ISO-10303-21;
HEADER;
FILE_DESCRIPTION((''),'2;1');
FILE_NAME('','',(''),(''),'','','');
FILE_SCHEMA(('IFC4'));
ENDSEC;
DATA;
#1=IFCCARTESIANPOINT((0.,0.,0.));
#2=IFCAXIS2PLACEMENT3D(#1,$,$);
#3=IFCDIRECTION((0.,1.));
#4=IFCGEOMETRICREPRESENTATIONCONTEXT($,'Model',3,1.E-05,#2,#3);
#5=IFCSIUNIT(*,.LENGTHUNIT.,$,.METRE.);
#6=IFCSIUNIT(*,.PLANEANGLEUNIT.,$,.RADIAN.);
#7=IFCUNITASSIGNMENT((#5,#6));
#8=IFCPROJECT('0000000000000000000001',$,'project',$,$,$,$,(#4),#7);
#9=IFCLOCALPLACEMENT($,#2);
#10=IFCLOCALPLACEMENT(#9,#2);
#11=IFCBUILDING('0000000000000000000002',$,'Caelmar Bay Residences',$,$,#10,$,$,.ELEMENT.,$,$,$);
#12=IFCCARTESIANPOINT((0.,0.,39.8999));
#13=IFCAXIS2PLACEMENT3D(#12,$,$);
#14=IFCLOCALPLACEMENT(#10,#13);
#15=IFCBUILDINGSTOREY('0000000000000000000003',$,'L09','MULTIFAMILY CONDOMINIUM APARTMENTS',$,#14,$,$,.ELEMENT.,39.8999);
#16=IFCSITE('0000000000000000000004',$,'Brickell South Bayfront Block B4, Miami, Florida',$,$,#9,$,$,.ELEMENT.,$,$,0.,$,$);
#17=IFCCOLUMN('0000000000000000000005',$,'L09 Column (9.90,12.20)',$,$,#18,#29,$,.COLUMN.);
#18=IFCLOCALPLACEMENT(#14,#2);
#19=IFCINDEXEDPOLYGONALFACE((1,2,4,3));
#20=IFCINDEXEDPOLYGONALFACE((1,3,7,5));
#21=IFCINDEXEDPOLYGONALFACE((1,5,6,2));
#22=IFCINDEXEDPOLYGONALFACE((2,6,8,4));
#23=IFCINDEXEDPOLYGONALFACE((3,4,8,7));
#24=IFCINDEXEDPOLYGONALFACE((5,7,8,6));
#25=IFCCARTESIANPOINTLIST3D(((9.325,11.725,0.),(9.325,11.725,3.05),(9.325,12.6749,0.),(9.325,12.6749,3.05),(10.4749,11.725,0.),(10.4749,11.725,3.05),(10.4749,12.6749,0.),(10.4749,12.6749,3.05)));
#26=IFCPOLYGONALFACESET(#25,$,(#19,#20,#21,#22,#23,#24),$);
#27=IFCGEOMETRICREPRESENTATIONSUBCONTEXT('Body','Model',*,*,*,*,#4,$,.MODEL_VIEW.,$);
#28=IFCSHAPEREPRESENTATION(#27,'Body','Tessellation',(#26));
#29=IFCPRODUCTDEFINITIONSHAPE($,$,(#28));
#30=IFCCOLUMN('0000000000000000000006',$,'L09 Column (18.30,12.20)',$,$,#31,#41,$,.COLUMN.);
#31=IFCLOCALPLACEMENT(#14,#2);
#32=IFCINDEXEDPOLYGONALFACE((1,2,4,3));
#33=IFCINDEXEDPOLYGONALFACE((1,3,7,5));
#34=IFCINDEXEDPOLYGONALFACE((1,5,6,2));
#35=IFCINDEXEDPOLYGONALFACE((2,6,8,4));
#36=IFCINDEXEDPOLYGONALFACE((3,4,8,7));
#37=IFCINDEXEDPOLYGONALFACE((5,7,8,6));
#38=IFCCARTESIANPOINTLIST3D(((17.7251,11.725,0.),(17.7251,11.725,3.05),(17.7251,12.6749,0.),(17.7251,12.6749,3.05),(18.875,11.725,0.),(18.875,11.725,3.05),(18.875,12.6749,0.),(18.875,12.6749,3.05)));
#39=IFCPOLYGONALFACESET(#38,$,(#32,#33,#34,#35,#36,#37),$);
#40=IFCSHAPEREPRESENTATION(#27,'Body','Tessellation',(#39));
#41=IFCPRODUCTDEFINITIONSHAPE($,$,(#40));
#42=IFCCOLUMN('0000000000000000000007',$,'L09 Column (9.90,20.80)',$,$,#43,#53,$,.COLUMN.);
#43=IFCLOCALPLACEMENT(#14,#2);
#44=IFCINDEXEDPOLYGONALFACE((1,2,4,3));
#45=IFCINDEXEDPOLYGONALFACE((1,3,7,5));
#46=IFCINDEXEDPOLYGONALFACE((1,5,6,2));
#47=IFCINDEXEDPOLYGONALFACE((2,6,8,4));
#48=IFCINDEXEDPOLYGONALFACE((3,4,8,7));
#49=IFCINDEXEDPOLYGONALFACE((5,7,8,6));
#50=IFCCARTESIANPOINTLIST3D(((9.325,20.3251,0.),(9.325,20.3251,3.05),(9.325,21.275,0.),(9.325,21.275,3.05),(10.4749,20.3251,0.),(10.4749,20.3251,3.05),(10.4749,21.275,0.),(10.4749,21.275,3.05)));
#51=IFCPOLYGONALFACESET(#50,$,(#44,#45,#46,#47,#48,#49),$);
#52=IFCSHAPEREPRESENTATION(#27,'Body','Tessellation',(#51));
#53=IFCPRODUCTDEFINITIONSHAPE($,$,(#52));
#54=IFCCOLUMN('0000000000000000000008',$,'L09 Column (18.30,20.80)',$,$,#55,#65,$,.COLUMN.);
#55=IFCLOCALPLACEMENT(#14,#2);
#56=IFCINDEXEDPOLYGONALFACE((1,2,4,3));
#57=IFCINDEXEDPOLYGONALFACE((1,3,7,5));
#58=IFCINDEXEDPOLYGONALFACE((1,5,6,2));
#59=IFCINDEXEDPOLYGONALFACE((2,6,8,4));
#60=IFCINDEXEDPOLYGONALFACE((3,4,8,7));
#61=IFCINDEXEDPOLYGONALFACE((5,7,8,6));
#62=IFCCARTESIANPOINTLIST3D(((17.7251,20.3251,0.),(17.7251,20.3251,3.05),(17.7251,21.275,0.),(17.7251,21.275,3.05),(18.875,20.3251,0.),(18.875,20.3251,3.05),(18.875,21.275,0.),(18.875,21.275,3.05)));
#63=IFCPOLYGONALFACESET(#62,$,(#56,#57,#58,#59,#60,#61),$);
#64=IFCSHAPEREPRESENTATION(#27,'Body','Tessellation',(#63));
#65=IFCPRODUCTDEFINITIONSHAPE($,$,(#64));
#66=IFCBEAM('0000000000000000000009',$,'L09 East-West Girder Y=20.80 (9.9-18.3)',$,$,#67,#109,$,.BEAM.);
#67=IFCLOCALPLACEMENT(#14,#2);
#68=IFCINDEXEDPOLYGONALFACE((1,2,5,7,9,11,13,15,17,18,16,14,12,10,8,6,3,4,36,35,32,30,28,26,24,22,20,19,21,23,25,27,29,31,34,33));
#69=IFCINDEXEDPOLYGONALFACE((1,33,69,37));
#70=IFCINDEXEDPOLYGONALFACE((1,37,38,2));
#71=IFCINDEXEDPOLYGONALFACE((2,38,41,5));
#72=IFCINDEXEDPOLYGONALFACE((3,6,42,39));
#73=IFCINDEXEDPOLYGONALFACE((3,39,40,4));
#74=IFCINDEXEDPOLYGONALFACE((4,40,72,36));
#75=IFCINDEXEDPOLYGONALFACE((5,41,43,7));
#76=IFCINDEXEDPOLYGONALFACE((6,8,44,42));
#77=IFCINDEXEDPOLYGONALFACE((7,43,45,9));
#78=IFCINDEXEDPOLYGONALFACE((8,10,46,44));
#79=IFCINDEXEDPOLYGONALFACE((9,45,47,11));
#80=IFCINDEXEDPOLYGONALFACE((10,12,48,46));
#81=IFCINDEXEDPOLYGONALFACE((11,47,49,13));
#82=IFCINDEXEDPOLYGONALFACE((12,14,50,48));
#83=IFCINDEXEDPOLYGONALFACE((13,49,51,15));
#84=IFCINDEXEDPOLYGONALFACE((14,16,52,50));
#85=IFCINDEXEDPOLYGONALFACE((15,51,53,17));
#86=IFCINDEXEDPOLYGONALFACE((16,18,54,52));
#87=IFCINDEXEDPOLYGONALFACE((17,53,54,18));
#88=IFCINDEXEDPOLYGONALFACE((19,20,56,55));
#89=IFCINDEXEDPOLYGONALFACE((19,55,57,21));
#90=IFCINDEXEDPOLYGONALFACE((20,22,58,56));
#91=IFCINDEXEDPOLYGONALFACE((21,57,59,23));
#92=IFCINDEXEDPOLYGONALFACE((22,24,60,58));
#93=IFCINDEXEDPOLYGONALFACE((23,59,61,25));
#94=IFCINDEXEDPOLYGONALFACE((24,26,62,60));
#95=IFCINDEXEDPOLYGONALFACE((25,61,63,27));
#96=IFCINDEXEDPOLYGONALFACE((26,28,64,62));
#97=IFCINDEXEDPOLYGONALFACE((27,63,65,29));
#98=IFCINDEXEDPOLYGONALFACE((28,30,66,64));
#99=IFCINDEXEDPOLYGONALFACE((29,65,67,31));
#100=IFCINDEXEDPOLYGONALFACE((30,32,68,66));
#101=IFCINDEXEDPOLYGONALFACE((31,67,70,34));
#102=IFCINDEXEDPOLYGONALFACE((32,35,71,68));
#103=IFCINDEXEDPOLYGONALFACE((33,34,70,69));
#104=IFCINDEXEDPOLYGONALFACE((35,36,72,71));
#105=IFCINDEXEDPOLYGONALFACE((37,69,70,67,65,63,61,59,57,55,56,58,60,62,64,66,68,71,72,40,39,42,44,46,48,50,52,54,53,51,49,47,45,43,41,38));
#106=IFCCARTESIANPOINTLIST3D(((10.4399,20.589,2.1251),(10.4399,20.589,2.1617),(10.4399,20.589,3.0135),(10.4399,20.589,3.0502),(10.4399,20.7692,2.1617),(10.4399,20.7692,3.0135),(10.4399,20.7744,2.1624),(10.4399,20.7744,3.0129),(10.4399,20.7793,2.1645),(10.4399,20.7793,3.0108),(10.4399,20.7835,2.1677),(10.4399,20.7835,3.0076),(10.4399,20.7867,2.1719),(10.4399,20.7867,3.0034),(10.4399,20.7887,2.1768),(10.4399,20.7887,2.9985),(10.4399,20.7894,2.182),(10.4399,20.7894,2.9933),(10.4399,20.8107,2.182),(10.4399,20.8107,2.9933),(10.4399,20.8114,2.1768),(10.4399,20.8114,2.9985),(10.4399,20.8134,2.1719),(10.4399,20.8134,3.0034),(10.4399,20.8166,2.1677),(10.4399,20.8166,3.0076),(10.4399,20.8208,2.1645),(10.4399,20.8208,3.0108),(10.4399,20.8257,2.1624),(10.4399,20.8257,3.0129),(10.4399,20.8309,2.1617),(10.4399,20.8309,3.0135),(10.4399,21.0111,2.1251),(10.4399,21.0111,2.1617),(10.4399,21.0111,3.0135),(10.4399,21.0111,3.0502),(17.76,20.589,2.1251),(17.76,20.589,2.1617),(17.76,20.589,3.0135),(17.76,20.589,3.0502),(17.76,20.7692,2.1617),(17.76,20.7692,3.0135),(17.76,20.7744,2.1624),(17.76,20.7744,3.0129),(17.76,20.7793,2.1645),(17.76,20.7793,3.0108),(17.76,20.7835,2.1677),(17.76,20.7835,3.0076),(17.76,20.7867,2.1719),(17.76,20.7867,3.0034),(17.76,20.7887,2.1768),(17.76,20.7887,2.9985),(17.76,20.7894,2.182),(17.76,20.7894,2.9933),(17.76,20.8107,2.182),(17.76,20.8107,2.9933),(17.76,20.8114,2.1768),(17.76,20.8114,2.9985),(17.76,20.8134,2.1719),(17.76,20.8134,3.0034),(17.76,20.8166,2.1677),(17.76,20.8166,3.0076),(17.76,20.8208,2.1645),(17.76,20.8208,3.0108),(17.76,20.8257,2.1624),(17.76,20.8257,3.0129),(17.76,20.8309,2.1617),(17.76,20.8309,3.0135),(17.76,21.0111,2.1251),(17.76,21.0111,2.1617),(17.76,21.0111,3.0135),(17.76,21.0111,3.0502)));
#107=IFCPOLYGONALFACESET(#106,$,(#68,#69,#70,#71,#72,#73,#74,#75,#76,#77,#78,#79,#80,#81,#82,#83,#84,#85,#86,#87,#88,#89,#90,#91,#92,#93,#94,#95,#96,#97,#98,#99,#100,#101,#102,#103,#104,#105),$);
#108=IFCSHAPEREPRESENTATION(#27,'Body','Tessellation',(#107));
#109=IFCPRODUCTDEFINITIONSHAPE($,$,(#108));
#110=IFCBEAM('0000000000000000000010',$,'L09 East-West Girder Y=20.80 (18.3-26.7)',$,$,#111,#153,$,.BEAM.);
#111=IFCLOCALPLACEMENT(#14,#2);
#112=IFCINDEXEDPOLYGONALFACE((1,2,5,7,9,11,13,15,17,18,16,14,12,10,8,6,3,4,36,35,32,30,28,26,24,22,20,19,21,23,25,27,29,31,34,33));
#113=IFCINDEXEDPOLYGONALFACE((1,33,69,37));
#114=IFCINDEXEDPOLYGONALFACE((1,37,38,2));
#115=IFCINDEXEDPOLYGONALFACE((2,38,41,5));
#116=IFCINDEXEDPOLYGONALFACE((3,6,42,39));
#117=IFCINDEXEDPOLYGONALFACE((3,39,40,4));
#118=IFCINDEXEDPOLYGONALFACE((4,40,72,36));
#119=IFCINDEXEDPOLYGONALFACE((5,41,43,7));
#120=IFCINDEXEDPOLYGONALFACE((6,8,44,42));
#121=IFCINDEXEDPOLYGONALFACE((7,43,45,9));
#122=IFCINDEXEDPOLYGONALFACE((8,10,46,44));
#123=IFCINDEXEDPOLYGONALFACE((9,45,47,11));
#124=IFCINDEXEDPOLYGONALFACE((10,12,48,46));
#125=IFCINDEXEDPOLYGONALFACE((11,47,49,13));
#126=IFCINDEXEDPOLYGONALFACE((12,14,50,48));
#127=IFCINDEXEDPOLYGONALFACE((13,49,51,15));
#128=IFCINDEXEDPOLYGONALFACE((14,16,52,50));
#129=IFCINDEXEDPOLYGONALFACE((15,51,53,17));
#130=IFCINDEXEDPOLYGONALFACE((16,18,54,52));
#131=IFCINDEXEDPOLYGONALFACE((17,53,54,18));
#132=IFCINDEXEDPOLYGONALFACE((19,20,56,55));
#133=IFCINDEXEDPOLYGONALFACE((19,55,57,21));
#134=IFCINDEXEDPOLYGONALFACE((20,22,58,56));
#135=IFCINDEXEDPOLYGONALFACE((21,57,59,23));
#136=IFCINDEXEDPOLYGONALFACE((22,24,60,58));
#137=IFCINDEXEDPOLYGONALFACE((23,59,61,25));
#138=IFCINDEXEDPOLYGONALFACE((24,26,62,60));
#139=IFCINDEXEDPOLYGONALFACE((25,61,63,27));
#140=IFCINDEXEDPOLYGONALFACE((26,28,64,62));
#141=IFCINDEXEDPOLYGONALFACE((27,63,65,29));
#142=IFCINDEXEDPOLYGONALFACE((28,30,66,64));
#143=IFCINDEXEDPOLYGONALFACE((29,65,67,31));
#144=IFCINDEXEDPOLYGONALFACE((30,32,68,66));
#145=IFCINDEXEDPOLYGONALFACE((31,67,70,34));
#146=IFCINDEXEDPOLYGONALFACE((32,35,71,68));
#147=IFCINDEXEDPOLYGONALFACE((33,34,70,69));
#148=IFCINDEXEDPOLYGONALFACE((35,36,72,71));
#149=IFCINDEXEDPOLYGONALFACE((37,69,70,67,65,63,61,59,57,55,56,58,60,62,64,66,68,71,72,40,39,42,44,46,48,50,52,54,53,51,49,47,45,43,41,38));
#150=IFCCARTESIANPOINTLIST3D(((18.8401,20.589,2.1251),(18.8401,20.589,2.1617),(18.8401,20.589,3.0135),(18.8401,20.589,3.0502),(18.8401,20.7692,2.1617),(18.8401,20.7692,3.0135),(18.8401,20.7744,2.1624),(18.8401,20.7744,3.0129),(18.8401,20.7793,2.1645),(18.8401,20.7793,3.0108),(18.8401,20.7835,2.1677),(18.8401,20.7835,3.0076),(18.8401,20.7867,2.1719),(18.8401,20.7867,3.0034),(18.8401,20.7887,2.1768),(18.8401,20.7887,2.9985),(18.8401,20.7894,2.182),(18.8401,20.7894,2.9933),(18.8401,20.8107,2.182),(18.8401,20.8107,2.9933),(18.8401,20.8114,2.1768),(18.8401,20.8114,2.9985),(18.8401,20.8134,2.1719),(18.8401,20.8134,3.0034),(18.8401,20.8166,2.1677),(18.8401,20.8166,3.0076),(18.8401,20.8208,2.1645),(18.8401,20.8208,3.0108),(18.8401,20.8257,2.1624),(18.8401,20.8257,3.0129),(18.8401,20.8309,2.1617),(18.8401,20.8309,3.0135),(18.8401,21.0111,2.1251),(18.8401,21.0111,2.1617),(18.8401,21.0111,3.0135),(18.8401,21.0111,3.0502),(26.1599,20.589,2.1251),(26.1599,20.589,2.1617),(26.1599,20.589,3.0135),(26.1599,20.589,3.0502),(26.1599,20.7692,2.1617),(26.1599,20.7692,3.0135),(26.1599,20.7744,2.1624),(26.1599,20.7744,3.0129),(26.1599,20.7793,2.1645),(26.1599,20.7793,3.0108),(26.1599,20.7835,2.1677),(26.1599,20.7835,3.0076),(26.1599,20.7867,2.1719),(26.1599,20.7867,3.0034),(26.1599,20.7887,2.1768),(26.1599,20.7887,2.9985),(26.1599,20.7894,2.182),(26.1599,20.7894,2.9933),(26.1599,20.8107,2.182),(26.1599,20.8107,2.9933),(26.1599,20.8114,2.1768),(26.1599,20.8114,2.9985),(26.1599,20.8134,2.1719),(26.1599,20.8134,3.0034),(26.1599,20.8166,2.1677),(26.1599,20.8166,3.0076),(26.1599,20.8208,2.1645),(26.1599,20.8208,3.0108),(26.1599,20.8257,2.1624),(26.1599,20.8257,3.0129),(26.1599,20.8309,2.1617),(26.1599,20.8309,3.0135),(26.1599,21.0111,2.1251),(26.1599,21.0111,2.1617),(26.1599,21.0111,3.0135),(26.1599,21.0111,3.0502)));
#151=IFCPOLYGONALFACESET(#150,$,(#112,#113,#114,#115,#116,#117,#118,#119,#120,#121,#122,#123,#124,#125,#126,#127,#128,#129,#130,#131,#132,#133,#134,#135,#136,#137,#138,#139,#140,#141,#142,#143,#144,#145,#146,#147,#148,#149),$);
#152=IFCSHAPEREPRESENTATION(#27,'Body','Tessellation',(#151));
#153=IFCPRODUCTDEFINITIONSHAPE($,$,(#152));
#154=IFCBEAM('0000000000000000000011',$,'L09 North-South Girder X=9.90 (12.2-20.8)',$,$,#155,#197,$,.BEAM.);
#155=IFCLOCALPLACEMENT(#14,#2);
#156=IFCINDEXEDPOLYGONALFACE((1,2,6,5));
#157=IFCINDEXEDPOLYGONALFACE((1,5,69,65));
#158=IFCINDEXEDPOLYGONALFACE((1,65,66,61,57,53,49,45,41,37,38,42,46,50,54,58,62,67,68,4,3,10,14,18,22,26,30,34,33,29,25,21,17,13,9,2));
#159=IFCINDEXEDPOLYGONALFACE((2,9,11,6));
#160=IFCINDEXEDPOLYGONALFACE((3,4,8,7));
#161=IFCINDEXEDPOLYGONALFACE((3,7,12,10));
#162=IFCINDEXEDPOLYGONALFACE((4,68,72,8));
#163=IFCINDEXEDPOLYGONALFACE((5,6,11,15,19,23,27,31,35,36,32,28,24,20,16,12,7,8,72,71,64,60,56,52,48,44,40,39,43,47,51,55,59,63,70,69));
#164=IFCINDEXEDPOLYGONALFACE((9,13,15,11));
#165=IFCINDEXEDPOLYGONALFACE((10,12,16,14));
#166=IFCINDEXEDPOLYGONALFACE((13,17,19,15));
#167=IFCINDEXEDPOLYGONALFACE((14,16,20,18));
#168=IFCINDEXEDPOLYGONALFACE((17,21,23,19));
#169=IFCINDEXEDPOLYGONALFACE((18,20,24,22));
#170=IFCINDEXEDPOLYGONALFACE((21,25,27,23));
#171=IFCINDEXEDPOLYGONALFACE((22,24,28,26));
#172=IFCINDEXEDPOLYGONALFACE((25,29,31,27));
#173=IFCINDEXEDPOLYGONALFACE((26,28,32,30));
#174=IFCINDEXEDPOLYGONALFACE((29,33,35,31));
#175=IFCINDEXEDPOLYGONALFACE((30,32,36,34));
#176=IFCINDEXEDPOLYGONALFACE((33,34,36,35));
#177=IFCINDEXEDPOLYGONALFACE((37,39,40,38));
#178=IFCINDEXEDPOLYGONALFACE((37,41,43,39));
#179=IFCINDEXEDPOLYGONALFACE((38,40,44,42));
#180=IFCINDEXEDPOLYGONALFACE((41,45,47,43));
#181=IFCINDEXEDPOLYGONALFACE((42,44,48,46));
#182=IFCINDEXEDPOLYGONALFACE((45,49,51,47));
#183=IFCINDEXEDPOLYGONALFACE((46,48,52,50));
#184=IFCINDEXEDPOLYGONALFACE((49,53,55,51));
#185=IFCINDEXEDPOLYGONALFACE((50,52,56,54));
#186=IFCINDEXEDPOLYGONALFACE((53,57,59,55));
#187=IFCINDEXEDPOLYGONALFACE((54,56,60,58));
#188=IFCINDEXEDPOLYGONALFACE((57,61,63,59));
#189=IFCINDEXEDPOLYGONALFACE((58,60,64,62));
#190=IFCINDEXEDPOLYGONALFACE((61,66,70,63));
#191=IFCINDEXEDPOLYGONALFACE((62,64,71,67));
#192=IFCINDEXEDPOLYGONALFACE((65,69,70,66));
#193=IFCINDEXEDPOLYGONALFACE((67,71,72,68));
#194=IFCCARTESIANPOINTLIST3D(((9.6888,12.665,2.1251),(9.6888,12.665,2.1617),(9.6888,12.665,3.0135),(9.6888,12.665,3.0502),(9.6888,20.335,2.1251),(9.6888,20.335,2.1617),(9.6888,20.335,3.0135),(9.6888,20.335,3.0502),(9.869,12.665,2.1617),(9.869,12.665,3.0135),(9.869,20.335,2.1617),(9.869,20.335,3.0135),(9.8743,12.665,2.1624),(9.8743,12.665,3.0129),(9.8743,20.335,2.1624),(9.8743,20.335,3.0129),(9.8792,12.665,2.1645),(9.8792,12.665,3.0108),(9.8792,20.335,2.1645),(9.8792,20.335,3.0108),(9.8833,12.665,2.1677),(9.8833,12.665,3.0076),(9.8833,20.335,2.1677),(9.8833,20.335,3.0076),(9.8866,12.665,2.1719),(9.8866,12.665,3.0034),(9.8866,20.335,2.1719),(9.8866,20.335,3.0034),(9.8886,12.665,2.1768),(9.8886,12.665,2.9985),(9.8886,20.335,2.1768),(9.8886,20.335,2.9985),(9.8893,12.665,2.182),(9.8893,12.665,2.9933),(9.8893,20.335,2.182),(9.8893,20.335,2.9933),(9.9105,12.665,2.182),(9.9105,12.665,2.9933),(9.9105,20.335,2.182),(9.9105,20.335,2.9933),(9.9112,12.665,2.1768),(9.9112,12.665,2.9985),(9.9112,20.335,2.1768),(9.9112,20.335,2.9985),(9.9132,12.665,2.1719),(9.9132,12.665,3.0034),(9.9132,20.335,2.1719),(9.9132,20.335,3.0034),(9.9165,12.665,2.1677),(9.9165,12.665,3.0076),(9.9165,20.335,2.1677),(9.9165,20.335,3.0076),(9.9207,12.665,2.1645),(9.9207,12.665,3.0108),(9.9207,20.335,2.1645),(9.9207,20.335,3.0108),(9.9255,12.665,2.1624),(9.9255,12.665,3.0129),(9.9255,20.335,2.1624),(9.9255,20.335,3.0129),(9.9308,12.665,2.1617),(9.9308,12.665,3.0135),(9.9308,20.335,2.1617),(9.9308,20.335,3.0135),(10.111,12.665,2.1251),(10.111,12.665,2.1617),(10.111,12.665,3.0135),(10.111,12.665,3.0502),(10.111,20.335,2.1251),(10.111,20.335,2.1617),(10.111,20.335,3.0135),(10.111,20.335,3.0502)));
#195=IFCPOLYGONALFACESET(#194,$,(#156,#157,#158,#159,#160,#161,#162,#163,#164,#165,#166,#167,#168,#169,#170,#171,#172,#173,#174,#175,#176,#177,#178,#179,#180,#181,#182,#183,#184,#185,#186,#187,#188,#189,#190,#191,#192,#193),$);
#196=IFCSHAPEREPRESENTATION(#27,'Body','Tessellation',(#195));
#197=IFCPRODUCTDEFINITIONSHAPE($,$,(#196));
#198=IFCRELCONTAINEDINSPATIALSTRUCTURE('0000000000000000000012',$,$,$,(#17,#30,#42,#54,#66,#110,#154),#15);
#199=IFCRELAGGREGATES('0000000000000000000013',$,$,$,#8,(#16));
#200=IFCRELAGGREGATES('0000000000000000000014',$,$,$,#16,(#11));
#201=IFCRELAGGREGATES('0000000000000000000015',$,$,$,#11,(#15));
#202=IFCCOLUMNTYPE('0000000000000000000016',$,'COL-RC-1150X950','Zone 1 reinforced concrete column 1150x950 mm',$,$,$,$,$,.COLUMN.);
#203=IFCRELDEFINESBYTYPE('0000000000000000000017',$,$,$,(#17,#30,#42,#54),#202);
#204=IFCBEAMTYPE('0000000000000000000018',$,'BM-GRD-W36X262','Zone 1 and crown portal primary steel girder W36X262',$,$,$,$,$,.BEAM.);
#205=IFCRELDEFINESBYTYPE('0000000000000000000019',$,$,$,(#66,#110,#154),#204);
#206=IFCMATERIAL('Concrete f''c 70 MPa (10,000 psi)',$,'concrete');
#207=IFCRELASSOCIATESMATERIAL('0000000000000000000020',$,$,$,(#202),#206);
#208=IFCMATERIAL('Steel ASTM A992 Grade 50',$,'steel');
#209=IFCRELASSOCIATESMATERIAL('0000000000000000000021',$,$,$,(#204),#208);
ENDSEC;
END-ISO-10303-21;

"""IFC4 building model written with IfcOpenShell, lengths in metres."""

from ifc_helpers import new_model, si_unit, direction, frame, origin, origin_2d, place, context, subcontext, project, spatial, rectangle, i_section, extrude, material, material_profile, profile_set, type_object, element, save


model = new_model("IFC4")

# Units and contexts
model_context = context("Model", 3, precision=1e-05, world=origin(), true_north=direction((0.0, 1.0)))
body_context = subcontext(model_context, "Body", "Model", "MODEL_VIEW")
ifc_project = project(units=[si_unit("LENGTHUNIT", "METRE"), si_unit("PLANEANGLEUNIT", "RADIAN")], contexts=[model_context])

# Site, building, storey
site_placement = place(None, origin())
site = spatial("IfcSite", under=ifc_project, at=site_placement, Name="Brickell South Bayfront Block B4, Miami, Florida", CompositionType="ELEMENT", RefElevation=0.0)
building_placement = place(site_placement, origin())
building = spatial("IfcBuilding", under=site, at=building_placement, Name="Caelmar Bay Residences", CompositionType="ELEMENT")
storey_placement = place(building_placement, frame((0.0, 0.0, 39.8999)))
storey = spatial("IfcBuildingStorey", under=building, at=storey_placement, Name="L09", Description="MULTIFAMILY CONDOMINIUM APARTMENTS", CompositionType="ELEMENT", Elevation=39.8999)

# Columns
ifc_material_1 = material(Name="Concrete f'c 70 MPa (10,000 psi)", Category="concrete")
ifc_material_profile_1 = material_profile(ifc_material_1, rectangle(XDim=1.1499, YDim=0.95, at=origin_2d()), Name="RC-COL-1150X950")
ifc_profile_set_1 = profile_set([ifc_material_profile_1], Name="Concrete f'c 70 MPa (10,000 psi)")
column_type = type_object("IfcColumnType", Name="COL-RC-1150X950", Description="Zone 1 reinforced concrete column 1150x950 mm", PredefinedType="COLUMN", material=ifc_profile_set_1)
for number, where, z_axis, x_axis, name in (
    (1, (9.8999, 12.2, 0.0), (0.0, 0.0, 1.0), (1.0, 0.0, 0.0), "L09 Column (9.90,12.20)"),
    (2, (18.3, 12.2, 0.0), (0.0, 0.0, 1.0), (1.0, 0.0, 0.0), "L09 Column (18.30,12.20)"),
    (3, (9.8999, 20.8, 0.0), (0.0, 0.0, 1.0), (1.0, 0.0, 0.0), "L09 Column (9.90,20.80)"),
    (4, (18.3, 20.8, 0.0), (0.0, 0.0, 1.0), (1.0, 0.0, 0.0), "L09 Column (18.30,20.80)"),
):
    element("IfcColumn", number, at=place(storey_placement, frame(where, z_axis=z_axis, x_axis=x_axis)), inside=storey, type_object=column_type, Name=name, PredefinedType="COLUMN", context=body_context, shape_type="SweptSolid", body=[
        extrude(rectangle(XDim=1.1499, YDim=0.95, at=origin_2d()), origin(), (0.0, 0.0, 1.0), 3.05),
    ])

# Beams
ifc_material_2 = material(Name="Steel ASTM A992 Grade 50", Category="steel")
ifc_material_profile_2 = material_profile(ifc_material_2, i_section(OverallWidth=0.4221, OverallDepth=0.925, WebThickness=0.0212, FlangeThickness=0.0366, FilletRadius=0.0203, at=origin_2d()), Name="W36X262")
ifc_profile_set_2 = profile_set([ifc_material_profile_2], Name="Steel ASTM A992 Grade 50")
beam_type_1 = type_object("IfcBeamType", Name="BM-GRD-W36X262", Description="Zone 1 and crown portal primary steel girder W36X262", PredefinedType="BEAM", material=ifc_profile_set_2)
beam_1_placement = place(storey_placement, frame((10.4399, 20.8, 2.5876), z_axis=(1.0, 0.0, 0.0), x_axis=(0.0, 1.0, 0.0)))
element("IfcBeam", 5, at=beam_1_placement, inside=storey, type_object=beam_type_1, Name="L09 East-West Girder Y=20.80 (9.9-18.3)", PredefinedType="BEAM", context=body_context, shape_type="SweptSolid", body=[
    extrude(i_section(OverallWidth=0.4221, OverallDepth=0.925, WebThickness=0.0212, FlangeThickness=0.0366, FilletRadius=0.0203, at=origin_2d()), origin(), (0.0, 0.0, 1.0), 7.3201),
])
beam_2_placement = place(storey_placement, frame((18.8401, 20.8, 2.5876), z_axis=(1.0, 0.0, 0.0), x_axis=(0.0, 1.0, 0.0)))
element("IfcBeam", 6, at=beam_2_placement, inside=storey, type_object=beam_type_1, Name="L09 East-West Girder Y=20.80 (18.3-26.7)", PredefinedType="BEAM", context=body_context, shape_type="SweptSolid", body=[
    extrude(i_section(OverallWidth=0.4221, OverallDepth=0.925, WebThickness=0.0212, FlangeThickness=0.0366, FilletRadius=0.0203, at=origin_2d()), origin(), (0.0, 0.0, 1.0), 7.3198),
])
beam_3_placement = place(storey_placement, frame((9.8999, 12.665, 2.5876), z_axis=(0.0, 1.0, 0.0), x_axis=(-1.0, 0.0, 0.0)))
element("IfcBeam", 7, at=beam_3_placement, inside=storey, type_object=beam_type_1, Name="L09 North-South Girder X=9.90 (12.2-20.8)", PredefinedType="BEAM", context=body_context, shape_type="SweptSolid", body=[
    extrude(i_section(OverallWidth=0.4221, OverallDepth=0.925, WebThickness=0.0212, FlangeThickness=0.0366, FilletRadius=0.0203, at=origin_2d()), origin(), (0.0, 0.0, 1.0), 7.6699),
])

save(model, "model.ifc")
